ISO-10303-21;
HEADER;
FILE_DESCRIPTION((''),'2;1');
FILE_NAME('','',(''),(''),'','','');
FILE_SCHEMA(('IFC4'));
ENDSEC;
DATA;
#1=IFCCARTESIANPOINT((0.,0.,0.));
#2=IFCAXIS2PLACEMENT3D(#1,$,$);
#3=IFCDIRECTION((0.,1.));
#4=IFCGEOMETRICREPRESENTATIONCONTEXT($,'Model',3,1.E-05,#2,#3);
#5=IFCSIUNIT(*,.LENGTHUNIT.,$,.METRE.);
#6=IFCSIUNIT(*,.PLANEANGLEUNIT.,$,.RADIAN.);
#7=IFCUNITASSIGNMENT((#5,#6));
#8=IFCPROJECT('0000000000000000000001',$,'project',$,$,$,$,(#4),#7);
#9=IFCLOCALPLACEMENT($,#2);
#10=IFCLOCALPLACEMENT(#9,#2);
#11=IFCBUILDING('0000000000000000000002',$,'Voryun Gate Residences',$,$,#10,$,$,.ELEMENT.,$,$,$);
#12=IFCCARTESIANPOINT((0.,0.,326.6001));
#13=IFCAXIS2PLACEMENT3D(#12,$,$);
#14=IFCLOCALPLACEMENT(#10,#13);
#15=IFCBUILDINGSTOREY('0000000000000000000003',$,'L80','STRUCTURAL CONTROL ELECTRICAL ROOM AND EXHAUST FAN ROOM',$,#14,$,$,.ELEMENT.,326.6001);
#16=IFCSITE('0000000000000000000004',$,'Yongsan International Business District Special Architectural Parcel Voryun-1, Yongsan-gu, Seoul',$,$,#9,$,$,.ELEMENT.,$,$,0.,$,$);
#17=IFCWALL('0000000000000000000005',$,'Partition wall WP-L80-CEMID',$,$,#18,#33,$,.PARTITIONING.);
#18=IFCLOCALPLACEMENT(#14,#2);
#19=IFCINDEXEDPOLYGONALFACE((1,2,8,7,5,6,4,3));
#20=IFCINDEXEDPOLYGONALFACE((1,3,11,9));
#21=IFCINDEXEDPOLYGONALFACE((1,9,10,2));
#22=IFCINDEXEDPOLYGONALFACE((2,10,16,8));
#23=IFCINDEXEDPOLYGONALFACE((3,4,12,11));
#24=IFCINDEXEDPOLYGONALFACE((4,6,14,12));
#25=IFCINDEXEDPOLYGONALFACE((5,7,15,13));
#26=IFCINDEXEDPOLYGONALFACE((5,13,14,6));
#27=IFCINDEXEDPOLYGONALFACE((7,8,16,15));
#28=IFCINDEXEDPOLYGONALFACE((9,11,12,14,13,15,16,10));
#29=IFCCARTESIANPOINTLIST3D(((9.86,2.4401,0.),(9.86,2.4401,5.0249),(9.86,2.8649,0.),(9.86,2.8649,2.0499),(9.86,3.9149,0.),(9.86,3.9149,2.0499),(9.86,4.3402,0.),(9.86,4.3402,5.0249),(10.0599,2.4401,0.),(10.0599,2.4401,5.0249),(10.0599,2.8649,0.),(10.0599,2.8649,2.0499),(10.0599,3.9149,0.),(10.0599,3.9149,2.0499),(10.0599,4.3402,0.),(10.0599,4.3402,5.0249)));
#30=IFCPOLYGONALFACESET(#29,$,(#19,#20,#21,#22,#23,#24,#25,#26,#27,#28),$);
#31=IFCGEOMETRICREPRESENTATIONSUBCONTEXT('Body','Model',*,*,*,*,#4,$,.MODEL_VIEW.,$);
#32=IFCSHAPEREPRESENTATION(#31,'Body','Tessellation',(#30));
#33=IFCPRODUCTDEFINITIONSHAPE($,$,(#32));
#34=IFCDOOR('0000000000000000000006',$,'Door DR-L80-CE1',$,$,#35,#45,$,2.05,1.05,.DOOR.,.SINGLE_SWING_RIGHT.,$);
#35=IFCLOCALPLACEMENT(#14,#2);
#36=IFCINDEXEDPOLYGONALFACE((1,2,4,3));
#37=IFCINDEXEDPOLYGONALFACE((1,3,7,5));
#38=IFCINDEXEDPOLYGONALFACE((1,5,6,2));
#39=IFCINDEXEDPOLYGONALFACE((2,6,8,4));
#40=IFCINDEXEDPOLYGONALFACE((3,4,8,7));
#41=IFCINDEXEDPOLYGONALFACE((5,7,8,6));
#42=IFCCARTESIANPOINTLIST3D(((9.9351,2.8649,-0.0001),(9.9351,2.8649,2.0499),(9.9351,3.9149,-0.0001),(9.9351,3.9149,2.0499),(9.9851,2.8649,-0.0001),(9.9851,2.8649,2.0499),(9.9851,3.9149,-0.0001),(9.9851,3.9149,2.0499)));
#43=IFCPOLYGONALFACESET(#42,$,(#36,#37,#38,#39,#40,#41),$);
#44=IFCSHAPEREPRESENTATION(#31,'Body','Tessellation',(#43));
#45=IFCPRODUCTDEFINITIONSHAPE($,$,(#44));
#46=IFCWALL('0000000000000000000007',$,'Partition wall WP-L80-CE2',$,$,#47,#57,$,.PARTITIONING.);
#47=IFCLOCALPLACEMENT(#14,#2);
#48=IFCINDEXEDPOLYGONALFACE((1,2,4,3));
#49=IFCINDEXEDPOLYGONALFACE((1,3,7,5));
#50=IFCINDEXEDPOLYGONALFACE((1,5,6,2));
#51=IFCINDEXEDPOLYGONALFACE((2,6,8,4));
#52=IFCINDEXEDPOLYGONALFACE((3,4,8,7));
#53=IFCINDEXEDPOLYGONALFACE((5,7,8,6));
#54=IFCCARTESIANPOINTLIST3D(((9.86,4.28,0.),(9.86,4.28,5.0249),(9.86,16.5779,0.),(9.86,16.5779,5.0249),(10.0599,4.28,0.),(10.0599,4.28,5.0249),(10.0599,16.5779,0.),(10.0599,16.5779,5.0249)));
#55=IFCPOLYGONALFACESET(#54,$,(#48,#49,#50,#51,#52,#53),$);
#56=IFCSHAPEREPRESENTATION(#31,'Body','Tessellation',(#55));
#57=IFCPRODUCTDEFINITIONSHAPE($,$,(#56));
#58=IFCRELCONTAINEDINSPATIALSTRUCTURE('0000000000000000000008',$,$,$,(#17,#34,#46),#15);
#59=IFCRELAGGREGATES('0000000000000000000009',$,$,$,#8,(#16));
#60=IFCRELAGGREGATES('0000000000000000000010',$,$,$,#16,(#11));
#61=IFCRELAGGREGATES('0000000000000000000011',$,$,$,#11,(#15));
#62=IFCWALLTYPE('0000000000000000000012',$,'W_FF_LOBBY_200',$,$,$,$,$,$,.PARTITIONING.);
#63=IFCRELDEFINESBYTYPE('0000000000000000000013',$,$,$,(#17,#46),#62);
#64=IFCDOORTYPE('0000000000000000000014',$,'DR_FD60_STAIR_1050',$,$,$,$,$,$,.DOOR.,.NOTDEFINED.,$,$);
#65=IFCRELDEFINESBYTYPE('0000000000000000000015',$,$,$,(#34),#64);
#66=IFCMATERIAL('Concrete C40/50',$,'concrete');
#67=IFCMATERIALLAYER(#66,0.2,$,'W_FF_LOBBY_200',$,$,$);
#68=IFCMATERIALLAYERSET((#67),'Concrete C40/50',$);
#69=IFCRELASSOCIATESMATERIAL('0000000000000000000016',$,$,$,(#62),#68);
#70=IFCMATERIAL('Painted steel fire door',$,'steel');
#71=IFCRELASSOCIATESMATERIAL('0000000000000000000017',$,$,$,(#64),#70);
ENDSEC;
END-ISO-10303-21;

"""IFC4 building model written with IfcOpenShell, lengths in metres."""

from ifc_helpers import new_model, si_unit, direction, frame, frame_2d, origin, place, context, subcontext, project, spatial, rectangle, extrude, material, layer, layer_set, type_object, element, fill, save


model = new_model("IFC4")

# Units and contexts
model_context = context("Model", 3, precision=1e-05, world=origin(), true_north=direction((0.0, 1.0)))
body_context = subcontext(model_context, "Body", "Model", "MODEL_VIEW")
ifc_project = project(units=[si_unit("LENGTHUNIT", "METRE"), si_unit("PLANEANGLEUNIT", "RADIAN")], contexts=[model_context])

# Site, building, storey
site_placement = place(None, origin())
site = spatial("IfcSite", under=ifc_project, at=site_placement, Name="Yongsan International Business District Special Architectural Parcel Voryun-1, Yongsan-gu, Seoul", CompositionType="ELEMENT", RefElevation=0.0)
building_placement = place(site_placement, origin())
building = spatial("IfcBuilding", under=site, at=building_placement, Name="Voryun Gate Residences", CompositionType="ELEMENT")
storey_placement = place(building_placement, frame((0.0, 0.0, 326.6001)))
storey = spatial("IfcBuildingStorey", under=building, at=storey_placement, Name="L80", Description="STRUCTURAL CONTROL ELECTRICAL ROOM AND EXHAUST FAN ROOM", CompositionType="ELEMENT", Elevation=326.6001)

# Shared definitions
ifc_material_1 = material(Name="Concrete C40/50", Category="concrete")
ifc_layer_1 = layer(ifc_material_1, 0.2, Name="W_FF_LOBBY_200")
ifc_layer_set_1 = layer_set([ifc_layer_1], Name="Concrete C40/50")
wall_type_1 = type_object("IfcWallType", Name="W_FF_LOBBY_200", PredefinedType="PARTITIONING", material=ifc_layer_set_1)

# Wall, opening, door
wall_1_placement = place(storey_placement, frame((9.96, 2.4399, 0.0), z_axis=(0.0, 0.0, 1.0), x_axis=(0.0, 1.0, 0.0)))
wall_1 = element("IfcWall", 1, at=wall_1_placement, inside=storey, type_object=wall_type_1, Name="Partition wall WP-L80-CEMID", PredefinedType="PARTITIONING", context=body_context, shape_type="SweptSolid", body=[
    extrude(rectangle(XDim=1.9001, YDim=0.2, at=frame_2d((0.9502, 0.0))), origin(), (0.0, 0.0, 1.0), 5.0249),
])
opening_placement = place(wall_1_placement, frame((0.425, 0.0, 0.0)))
opening = element("IfcOpeningElement", 2, at=opening_placement, cuts=wall_1, PredefinedType="OPENING", context=body_context, shape_type="SweptSolid", body=[
    extrude(rectangle(XDim=1.05, YDim=2.05, at=frame_2d((0.5249, 1.0249))), frame((0.0, 0.1101, 0.0), z_axis=(0.0, -1.0, 0.0), x_axis=(1.0, 0.0, 0.0)), (0.0, 0.0, 1.0), 0.22),
])
ifc_material_2 = material(Name="Painted steel fire door", Category="steel")
door_type = type_object("IfcDoorType", Name="DR_FD60_STAIR_1050", OperationType="NOTDEFINED", PredefinedType="DOOR", material=ifc_material_2)
door_placement = place(opening_placement, origin())
door = element("IfcDoor", 3, at=door_placement, inside=storey, type_object=door_type, Name="Door DR-L80-CE1", OperationType="SINGLE_SWING_RIGHT", OverallHeight=2.05, OverallWidth=1.05, PredefinedType="DOOR", context=body_context, shape_type="SweptSolid", body=[
    extrude(rectangle(XDim=1.05, YDim=2.05, at=frame_2d((0.5249, 1.0249))), frame((0.0, 0.0249, 0.0), z_axis=(0.0, -1.0, 0.0), x_axis=(1.0, 0.0, 0.0)), (0.0, 0.0, 1.0), 0.05),
])
fill(opening, door)

# Wall
wall_2_placement = place(storey_placement, frame((9.96, 4.28, 0.0), z_axis=(0.0, 0.0, 1.0), x_axis=(0.0, 1.0, 0.0)))
element("IfcWall", 4, at=wall_2_placement, inside=storey, type_object=wall_type_1, Name="Partition wall WP-L80-CE2", PredefinedType="PARTITIONING", context=body_context, shape_type="SweptSolid", body=[
    extrude(rectangle(XDim=12.2979, YDim=0.2, at=frame_2d((6.1489, 0.0))), origin(), (0.0, 0.0, 1.0), 5.0249),
])

save(model, "model.ifc")
